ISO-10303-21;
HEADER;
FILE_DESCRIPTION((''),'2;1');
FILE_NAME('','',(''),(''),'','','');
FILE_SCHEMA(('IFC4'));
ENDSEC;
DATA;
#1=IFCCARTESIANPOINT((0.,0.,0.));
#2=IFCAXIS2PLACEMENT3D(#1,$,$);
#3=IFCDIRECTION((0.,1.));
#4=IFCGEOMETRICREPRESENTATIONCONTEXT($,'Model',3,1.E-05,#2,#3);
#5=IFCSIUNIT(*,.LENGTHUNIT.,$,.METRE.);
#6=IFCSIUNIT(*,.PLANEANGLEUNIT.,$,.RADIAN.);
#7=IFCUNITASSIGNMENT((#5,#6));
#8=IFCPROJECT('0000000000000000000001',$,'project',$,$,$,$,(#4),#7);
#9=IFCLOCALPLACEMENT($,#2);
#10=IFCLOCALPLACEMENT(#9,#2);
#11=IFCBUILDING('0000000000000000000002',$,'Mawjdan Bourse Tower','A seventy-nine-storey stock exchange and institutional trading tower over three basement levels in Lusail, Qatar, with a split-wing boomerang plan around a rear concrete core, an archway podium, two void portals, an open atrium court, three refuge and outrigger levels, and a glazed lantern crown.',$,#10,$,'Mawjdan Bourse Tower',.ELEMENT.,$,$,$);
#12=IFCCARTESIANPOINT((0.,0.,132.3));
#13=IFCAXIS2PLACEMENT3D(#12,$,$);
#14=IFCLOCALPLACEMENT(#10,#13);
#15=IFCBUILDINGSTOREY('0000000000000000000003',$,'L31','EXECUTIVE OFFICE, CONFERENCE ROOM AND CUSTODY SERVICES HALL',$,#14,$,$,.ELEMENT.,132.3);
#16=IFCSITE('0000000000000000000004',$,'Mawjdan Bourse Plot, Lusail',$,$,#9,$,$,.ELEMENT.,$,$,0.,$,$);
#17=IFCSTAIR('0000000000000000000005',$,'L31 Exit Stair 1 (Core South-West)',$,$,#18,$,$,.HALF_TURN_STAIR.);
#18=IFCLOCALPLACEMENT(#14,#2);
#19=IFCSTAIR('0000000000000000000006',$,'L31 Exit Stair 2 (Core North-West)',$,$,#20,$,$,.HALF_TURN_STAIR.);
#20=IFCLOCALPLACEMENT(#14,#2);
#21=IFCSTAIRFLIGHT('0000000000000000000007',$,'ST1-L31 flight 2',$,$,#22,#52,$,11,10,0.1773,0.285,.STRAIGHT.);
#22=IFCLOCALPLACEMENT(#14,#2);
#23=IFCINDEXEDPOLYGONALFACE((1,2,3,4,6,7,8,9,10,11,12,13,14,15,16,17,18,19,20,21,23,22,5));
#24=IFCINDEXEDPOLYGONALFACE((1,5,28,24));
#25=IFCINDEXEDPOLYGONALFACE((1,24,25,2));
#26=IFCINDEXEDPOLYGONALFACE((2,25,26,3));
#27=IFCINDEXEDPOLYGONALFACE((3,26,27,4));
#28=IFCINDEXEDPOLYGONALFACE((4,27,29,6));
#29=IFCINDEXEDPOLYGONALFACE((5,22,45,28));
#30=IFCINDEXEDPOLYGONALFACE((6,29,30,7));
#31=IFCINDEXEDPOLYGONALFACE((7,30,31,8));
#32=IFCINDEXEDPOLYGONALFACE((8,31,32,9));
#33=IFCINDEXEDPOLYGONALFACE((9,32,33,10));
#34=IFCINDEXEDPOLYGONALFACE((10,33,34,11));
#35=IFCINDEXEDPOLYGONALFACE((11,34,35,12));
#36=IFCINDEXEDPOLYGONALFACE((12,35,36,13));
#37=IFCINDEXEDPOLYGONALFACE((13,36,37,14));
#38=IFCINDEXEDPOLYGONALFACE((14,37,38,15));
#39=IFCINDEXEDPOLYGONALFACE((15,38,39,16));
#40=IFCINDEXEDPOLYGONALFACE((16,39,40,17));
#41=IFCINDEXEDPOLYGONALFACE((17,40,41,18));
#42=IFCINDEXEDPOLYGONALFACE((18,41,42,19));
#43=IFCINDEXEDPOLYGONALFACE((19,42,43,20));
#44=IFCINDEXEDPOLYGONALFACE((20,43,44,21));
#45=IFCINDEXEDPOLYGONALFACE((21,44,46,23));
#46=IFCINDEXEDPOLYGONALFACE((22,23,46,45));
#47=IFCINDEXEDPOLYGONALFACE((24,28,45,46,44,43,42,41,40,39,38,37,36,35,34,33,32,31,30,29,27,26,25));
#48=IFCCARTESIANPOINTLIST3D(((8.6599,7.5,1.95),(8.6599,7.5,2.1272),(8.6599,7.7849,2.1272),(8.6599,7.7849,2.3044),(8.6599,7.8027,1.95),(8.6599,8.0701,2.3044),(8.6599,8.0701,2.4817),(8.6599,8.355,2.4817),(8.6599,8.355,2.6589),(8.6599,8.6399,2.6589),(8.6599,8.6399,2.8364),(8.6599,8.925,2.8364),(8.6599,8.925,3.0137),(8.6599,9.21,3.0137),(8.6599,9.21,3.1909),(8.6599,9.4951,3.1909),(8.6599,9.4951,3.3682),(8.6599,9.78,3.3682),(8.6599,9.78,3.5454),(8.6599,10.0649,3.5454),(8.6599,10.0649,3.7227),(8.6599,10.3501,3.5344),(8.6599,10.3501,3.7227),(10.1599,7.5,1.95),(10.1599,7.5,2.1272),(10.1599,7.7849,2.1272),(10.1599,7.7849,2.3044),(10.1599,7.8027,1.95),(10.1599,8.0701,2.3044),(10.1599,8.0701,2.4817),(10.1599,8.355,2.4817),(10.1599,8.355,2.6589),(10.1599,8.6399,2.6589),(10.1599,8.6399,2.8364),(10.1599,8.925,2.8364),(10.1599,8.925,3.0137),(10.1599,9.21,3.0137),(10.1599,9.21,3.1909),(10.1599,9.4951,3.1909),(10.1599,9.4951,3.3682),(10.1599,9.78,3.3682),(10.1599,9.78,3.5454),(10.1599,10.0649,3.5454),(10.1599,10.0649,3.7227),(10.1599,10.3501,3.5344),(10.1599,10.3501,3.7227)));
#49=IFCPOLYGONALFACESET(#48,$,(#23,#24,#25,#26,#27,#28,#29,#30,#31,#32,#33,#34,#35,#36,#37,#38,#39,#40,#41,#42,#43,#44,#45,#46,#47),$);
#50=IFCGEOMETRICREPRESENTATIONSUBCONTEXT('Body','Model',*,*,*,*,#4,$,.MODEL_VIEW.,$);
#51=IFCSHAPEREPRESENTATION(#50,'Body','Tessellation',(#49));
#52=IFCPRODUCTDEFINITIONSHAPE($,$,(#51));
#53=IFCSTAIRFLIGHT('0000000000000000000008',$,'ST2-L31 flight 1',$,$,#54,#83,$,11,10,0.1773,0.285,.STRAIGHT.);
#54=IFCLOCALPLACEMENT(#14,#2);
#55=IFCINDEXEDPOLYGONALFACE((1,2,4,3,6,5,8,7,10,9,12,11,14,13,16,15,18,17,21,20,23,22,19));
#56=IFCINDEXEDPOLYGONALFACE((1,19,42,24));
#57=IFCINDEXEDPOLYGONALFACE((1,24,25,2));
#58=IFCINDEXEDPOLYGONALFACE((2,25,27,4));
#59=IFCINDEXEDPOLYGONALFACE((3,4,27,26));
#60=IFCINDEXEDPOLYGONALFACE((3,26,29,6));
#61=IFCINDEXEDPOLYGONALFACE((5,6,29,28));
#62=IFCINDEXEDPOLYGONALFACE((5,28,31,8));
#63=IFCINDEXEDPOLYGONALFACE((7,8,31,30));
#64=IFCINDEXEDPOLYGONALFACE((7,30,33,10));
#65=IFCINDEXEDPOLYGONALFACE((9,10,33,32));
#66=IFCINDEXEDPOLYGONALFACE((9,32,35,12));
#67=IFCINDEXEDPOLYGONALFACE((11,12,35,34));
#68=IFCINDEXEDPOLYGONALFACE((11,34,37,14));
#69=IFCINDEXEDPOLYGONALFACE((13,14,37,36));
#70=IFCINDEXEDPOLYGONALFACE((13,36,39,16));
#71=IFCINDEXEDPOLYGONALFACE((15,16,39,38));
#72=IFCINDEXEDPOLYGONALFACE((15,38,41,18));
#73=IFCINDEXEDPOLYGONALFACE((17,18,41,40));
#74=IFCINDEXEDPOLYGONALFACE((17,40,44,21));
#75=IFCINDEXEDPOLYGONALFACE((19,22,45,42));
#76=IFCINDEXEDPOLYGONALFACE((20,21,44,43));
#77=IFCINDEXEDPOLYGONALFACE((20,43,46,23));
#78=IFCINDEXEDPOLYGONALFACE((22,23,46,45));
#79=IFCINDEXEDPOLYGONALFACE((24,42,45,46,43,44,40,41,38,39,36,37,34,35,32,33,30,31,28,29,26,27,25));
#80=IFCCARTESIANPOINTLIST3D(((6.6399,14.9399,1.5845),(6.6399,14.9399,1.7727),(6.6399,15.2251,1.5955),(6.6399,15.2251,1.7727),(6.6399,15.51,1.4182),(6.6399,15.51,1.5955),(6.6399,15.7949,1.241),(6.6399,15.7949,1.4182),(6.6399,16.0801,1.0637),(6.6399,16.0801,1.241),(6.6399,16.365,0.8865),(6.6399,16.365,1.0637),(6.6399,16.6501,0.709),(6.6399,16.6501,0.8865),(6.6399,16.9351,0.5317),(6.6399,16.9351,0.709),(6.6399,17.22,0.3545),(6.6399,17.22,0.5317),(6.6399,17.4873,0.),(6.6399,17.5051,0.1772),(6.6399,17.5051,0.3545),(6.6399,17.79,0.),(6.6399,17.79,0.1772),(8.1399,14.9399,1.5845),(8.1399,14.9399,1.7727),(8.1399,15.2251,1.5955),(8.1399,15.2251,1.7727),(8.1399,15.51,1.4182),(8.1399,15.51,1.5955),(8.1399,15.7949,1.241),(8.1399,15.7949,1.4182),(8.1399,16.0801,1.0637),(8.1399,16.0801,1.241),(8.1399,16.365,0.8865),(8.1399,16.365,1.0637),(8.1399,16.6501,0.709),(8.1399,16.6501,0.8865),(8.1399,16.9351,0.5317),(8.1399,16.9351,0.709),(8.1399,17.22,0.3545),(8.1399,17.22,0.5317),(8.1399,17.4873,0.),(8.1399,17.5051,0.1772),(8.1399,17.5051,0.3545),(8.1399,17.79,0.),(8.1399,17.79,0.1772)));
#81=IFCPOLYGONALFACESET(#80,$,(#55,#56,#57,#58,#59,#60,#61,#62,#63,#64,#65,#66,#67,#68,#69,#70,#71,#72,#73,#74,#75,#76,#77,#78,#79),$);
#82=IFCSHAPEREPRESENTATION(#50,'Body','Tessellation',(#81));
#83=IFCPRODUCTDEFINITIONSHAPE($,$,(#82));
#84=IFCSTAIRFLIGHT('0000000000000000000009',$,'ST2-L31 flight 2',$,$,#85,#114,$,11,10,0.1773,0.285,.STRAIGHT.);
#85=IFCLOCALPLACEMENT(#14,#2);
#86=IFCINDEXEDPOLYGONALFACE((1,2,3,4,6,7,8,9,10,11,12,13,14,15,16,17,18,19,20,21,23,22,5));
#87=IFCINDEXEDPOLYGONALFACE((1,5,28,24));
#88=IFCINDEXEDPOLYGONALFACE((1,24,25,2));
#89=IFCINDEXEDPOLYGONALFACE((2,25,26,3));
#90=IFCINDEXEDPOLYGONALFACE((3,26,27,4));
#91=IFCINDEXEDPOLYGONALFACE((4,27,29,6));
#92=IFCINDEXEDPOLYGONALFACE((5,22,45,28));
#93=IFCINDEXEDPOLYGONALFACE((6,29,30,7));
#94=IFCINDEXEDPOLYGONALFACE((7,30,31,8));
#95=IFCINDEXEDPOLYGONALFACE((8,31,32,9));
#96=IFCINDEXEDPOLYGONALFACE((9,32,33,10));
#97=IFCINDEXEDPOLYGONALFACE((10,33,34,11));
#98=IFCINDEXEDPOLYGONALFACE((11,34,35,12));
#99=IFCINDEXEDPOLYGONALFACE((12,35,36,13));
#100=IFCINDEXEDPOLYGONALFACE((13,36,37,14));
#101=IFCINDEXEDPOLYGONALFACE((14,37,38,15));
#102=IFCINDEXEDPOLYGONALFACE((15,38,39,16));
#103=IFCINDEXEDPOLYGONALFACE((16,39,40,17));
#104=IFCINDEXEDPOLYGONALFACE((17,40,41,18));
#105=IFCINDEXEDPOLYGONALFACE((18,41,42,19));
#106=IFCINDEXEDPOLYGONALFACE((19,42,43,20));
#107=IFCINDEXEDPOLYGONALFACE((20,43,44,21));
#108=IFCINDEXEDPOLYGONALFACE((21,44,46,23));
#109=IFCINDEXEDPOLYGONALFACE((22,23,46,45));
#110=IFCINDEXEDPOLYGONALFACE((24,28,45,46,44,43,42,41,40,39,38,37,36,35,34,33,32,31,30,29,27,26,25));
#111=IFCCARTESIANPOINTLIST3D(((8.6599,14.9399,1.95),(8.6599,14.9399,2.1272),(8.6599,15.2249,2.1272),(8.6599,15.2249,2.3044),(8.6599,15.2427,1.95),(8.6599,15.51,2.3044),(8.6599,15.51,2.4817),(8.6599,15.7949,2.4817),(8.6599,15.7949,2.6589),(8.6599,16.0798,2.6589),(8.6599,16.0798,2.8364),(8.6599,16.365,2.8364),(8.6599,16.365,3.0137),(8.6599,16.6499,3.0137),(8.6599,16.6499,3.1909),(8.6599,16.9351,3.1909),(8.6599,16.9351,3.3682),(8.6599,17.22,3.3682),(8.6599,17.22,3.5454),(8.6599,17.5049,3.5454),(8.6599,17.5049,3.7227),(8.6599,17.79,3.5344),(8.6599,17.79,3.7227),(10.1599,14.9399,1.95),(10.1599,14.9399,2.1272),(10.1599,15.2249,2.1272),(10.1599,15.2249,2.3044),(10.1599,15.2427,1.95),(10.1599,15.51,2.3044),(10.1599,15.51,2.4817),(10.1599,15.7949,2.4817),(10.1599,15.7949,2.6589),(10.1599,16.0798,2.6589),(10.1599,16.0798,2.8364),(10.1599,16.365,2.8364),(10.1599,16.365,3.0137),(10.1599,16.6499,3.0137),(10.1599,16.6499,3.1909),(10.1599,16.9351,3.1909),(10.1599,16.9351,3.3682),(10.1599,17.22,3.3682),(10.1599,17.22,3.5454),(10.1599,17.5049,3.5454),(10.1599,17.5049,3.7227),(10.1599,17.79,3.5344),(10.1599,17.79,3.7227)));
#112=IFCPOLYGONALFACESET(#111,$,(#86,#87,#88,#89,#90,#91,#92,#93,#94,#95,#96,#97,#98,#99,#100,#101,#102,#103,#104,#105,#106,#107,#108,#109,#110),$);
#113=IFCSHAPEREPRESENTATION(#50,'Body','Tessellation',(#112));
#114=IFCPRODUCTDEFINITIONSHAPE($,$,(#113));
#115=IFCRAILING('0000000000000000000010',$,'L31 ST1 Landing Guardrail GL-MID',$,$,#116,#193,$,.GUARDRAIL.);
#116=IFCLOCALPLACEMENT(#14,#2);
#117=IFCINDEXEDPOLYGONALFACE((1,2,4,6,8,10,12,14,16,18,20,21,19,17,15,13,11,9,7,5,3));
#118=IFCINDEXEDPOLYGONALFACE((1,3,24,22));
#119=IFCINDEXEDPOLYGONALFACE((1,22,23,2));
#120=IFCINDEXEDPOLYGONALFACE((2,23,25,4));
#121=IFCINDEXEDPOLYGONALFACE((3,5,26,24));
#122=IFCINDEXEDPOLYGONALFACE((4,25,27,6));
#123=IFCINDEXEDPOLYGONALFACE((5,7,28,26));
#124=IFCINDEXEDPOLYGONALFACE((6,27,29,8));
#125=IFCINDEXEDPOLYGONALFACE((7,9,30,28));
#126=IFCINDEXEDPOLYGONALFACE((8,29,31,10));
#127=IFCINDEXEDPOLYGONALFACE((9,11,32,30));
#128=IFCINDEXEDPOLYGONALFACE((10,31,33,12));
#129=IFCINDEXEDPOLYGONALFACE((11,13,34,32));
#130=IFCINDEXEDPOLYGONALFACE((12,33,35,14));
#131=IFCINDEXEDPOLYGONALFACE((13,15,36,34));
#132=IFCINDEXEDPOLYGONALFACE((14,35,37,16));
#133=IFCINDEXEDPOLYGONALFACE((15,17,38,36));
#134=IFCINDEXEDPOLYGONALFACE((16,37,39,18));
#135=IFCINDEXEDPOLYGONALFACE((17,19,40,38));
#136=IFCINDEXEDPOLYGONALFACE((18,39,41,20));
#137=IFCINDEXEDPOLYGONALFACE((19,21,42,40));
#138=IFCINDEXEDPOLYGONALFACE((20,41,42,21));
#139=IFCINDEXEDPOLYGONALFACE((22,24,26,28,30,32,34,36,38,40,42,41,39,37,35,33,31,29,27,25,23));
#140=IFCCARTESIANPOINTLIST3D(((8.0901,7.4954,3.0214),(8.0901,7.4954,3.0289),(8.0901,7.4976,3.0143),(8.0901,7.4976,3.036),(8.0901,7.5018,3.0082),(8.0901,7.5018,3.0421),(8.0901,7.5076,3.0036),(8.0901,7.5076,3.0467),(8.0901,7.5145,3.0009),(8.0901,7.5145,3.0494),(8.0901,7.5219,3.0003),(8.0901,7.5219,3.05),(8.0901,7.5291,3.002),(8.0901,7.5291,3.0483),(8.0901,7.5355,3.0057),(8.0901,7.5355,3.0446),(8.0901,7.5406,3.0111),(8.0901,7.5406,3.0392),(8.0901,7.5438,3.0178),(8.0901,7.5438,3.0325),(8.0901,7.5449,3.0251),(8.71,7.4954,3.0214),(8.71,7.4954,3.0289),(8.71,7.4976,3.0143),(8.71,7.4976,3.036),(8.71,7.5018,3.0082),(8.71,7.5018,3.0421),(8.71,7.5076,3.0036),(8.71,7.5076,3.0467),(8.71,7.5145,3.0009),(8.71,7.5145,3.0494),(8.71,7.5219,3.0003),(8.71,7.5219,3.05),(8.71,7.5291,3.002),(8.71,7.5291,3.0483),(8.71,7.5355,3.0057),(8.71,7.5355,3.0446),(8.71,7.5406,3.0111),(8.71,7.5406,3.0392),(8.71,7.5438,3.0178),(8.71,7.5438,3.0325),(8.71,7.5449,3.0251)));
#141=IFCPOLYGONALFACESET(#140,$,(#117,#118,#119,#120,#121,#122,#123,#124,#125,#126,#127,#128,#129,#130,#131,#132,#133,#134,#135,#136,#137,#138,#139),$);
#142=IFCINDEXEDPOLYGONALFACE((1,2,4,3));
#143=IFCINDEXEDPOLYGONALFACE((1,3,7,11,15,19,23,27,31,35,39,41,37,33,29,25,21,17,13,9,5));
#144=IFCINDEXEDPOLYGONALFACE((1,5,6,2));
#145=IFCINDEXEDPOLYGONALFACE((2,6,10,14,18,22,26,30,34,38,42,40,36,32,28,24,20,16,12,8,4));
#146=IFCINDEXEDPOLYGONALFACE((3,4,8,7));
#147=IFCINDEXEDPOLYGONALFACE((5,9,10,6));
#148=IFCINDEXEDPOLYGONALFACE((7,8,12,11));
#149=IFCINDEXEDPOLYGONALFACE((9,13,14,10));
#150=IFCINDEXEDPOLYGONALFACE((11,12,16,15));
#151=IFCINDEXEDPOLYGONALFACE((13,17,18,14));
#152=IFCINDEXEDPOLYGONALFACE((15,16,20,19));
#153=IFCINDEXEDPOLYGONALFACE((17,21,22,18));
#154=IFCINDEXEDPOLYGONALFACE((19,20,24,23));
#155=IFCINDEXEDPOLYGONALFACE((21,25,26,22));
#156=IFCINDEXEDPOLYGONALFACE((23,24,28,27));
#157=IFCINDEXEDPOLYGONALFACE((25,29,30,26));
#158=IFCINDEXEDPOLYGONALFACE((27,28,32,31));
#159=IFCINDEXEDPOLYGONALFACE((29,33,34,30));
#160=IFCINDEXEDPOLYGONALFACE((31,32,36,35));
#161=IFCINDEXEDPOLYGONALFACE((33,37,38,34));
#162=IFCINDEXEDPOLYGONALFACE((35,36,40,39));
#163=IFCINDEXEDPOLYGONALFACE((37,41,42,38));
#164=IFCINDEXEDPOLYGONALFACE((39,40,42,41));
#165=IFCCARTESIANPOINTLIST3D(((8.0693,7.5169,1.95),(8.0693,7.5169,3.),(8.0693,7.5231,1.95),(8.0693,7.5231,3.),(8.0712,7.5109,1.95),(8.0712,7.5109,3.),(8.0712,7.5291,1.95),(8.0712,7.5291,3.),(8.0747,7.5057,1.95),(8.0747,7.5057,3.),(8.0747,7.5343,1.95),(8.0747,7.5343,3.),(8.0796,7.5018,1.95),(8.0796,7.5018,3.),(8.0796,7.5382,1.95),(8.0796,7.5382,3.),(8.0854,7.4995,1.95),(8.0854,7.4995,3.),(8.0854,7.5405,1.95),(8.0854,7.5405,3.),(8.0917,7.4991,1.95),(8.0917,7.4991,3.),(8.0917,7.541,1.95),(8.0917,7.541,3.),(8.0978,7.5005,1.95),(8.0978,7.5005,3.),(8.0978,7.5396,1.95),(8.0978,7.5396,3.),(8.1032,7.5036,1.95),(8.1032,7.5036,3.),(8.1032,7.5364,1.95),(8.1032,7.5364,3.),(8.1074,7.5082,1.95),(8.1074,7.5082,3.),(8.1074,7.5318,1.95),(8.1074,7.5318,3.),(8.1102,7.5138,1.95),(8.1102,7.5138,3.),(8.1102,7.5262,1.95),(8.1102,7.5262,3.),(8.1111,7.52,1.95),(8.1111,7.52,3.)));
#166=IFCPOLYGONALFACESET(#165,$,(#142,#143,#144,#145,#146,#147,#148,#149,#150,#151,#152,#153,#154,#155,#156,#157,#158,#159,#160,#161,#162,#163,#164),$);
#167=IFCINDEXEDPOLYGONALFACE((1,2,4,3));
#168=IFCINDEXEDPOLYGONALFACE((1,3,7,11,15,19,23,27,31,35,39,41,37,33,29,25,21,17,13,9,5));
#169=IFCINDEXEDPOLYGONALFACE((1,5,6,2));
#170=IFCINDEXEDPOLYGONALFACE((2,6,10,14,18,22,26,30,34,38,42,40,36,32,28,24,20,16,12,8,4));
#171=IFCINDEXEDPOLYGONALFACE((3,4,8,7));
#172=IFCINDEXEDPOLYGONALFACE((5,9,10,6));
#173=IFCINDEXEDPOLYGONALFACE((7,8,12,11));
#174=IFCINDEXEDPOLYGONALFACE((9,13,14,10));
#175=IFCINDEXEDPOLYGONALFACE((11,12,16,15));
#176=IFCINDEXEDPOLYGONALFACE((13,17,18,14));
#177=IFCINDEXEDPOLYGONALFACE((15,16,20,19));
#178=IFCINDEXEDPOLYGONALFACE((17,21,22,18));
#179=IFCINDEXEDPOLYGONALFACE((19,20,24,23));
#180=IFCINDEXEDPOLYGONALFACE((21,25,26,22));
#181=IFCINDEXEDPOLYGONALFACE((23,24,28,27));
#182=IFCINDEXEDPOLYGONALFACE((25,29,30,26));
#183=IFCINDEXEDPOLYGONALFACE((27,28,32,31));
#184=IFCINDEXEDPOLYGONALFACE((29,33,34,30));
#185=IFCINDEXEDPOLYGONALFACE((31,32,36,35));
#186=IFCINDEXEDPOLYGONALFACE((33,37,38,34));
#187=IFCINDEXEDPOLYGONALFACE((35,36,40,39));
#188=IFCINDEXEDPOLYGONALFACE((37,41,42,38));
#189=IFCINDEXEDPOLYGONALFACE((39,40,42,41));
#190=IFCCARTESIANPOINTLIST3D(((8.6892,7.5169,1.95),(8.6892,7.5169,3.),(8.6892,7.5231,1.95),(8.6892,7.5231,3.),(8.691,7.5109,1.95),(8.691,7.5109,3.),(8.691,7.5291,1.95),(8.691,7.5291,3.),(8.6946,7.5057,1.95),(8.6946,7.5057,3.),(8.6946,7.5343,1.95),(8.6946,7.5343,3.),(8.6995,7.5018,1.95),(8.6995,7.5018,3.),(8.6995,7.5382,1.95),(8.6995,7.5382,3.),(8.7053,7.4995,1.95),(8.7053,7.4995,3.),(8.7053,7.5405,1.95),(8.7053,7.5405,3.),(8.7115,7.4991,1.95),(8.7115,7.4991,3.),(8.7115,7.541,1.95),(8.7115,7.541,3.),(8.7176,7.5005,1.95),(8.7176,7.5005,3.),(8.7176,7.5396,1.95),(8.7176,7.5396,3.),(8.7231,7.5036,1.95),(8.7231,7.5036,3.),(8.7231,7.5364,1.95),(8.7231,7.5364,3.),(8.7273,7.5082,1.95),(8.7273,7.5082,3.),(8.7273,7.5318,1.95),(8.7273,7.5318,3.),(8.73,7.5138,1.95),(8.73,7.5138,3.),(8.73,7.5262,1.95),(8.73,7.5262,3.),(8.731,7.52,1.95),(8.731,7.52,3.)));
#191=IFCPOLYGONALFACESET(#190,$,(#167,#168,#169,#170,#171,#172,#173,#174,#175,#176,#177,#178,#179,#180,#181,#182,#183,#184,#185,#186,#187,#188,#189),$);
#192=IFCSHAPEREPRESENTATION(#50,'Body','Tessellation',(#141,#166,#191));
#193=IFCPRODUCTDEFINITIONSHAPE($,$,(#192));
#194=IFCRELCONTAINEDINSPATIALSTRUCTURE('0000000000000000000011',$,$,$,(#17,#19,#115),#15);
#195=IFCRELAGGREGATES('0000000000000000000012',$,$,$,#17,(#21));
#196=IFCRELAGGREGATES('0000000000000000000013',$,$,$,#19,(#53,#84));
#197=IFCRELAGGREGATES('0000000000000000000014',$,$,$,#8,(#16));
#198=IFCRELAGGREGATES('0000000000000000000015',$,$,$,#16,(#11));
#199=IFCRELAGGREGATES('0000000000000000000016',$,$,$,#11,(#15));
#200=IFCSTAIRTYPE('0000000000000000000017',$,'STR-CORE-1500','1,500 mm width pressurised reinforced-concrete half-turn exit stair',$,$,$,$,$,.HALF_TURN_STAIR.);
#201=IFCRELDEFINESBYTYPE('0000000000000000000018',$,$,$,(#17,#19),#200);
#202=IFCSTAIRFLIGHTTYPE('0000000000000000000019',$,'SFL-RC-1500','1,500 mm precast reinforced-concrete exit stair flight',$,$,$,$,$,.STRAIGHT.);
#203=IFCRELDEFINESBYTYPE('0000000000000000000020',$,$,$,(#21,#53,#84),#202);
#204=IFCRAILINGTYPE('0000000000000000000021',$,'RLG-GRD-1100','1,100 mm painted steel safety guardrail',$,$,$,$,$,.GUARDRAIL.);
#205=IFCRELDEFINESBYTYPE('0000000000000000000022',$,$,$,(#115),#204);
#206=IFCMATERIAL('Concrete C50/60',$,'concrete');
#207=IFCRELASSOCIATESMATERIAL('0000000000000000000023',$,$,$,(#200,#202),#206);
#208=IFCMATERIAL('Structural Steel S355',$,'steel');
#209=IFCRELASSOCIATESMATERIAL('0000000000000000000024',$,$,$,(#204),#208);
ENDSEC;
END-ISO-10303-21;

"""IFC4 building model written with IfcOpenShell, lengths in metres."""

from ifc_helpers import new_model, si_unit, direction, frame, origin, origin_2d, place, context, subcontext, project, spatial, polyline, circle, outline, extrude, material, type_object, element, aggregate, save


model = new_model("IFC4")

# Units and contexts
model_context = context("Model", 3, precision=1e-05, world=origin(), true_north=direction((0.0, 1.0)))
body_context = subcontext(model_context, "Body", "Model", "MODEL_VIEW")
ifc_project = project(units=[si_unit("LENGTHUNIT", "METRE"), si_unit("PLANEANGLEUNIT", "RADIAN")], contexts=[model_context])

# Site, building, storey
site_placement = place(None, origin())
site = spatial("IfcSite", under=ifc_project, at=site_placement, Name="Mawjdan Bourse Plot, Lusail", CompositionType="ELEMENT", RefElevation=0.0)
building_placement = place(site_placement, origin())
building = spatial("IfcBuilding", under=site, at=building_placement, Name="Mawjdan Bourse Tower", Description="A seventy-nine-storey stock exchange and institutional trading tower over three basement levels in Lusail, Qatar, with a split-wing boomerang plan around a rear concrete core, an archway podium, two void portals, an open atrium court, three refuge and outrigger levels, and a glazed lantern crown.", LongName="Mawjdan Bourse Tower", CompositionType="ELEMENT")
storey_placement = place(building_placement, frame((0.0, 0.0, 132.3)))
storey = spatial("IfcBuildingStorey", under=building, at=storey_placement, Name="L31", Description="EXECUTIVE OFFICE, CONFERENCE ROOM AND CUSTODY SERVICES HALL", CompositionType="ELEMENT", Elevation=132.3)

# Shared definitions
ifc_material_1 = material(Name="Structural Steel S355", Category="steel")

# Stairs
ifc_material_2 = material(Name="Concrete C50/60", Category="concrete")
stair_type = type_object("IfcStairType", Name="STR-CORE-1500", Description="1,500 mm width pressurised reinforced-concrete half-turn exit stair", PredefinedType="HALF_TURN_STAIR", material=ifc_material_2)
stair_1_placement = place(storey_placement, origin())
stair_1 = element("IfcStair", 1, at=stair_1_placement, inside=storey, type_object=stair_type, Name="L31 Exit Stair 1 (Core South-West)", PredefinedType="HALF_TURN_STAIR")
stair_2_placement = place(storey_placement, origin())
stair_2 = element("IfcStair", 2, at=stair_2_placement, inside=storey, type_object=stair_type, Name="L31 Exit Stair 2 (Core North-West)", PredefinedType="HALF_TURN_STAIR")

# Stair flights
stair_flight_type = type_object("IfcStairFlightType", Name="SFL-RC-1500", Description="1,500 mm precast reinforced-concrete exit stair flight", PredefinedType="STRAIGHT", material=ifc_material_2)
stair_flight_1_placement = place(storey_placement, frame((9.4099, 7.5, 1.95), z_axis=(0.0, 0.0, 1.0), x_axis=(0.0, 1.0, 0.0)))
stair_flight_1 = element("IfcStairFlight", 3, at=stair_flight_1_placement, type_object=stair_flight_type, Name="ST1-L31 flight 2", NumberOfRisers=11, NumberOfTreads=10, PredefinedType="STRAIGHT", RiserHeight=0.1773, TreadLength=0.285, context=body_context, shape_type="SweptSolid", body=[
    extrude(outline(polyline([(0.0, 0.0), (0.0, 0.1772), (0.2849, 0.1772), (0.2849, 0.3545), (0.5701, 0.3545), (0.5701, 0.5317), (0.855, 0.5317), (0.855, 0.709), (1.1399, 0.709), (1.1399, 0.8865), (1.425, 0.8865), (1.425, 1.0637), (1.71, 1.0637), (1.71, 1.241), (1.9951, 1.241), (1.9951, 1.4182), (2.28, 1.4182), (2.28, 1.5955), (2.5649, 1.5955), (2.5649, 1.7727), (2.8501, 1.7727), (2.8501, 1.95), (2.8501, 1.5845), (0.3027, 0.0), (0.0, 0.0)])), frame((0.0, 0.75, 0.0), z_axis=(0.0, -1.0, 0.0), x_axis=(1.0, 0.0, 0.0)), (0.0, 0.0, 1.0), 1.5),
])
aggregate(stair_1, [stair_flight_1])
stair_flight_2_placement = place(storey_placement, frame((7.3899, 17.79, 0.0), z_axis=(0.0, 0.0, 1.0), x_axis=(0.0, -1.0, 0.0)))
stair_flight_2 = element("IfcStairFlight", 4, at=stair_flight_2_placement, type_object=stair_flight_type, Name="ST2-L31 flight 1", NumberOfRisers=11, NumberOfTreads=10, PredefinedType="STRAIGHT", RiserHeight=0.1773, TreadLength=0.285, context=body_context, shape_type="SweptSolid", body=[
    extrude(outline(polyline([(0.0, 0.0), (0.0, 0.1772), (0.2849, 0.1772), (0.2849, 0.3545), (0.5701, 0.3545), (0.5701, 0.5317), (0.855, 0.5317), (0.855, 0.709), (1.1399, 0.709), (1.1399, 0.8865), (1.425, 0.8865), (1.425, 1.0637), (1.71, 1.0637), (1.71, 1.241), (1.9951, 1.241), (1.9951, 1.4182), (2.28, 1.4182), (2.28, 1.5955), (2.5649, 1.5955), (2.5649, 1.7727), (2.8501, 1.7727), (2.8501, 1.95), (2.8501, 1.5845), (0.3027, 0.0), (0.0, 0.0)])), frame((0.0, 0.75, 0.0), z_axis=(0.0, -1.0, 0.0), x_axis=(1.0, 0.0, 0.0)), (0.0, 0.0, 1.0), 1.5),
])
stair_flight_3_placement = place(storey_placement, frame((9.4099, 14.9399, 1.95), z_axis=(0.0, 0.0, 1.0), x_axis=(0.0, 1.0, 0.0)))
stair_flight_3 = element("IfcStairFlight", 5, at=stair_flight_3_placement, type_object=stair_flight_type, Name="ST2-L31 flight 2", NumberOfRisers=11, NumberOfTreads=10, PredefinedType="STRAIGHT", RiserHeight=0.1773, TreadLength=0.285, context=body_context, shape_type="SweptSolid", body=[
    extrude(outline(polyline([(0.0, 0.0), (0.0, 0.1772), (0.2849, 0.1772), (0.2849, 0.3545), (0.5701, 0.3545), (0.5701, 0.5317), (0.855, 0.5317), (0.855, 0.709), (1.1399, 0.709), (1.1399, 0.8865), (1.425, 0.8865), (1.425, 1.0637), (1.71, 1.0637), (1.71, 1.241), (1.9951, 1.241), (1.9951, 1.4182), (2.28, 1.4182), (2.28, 1.5955), (2.5649, 1.5955), (2.5649, 1.7727), (2.8501, 1.7727), (2.8501, 1.95), (2.8501, 1.5845), (0.3027, 0.0), (0.0, 0.0)])), frame((0.0, 0.75, 0.0), z_axis=(0.0, -1.0, 0.0), x_axis=(1.0, 0.0, 0.0)), (0.0, 0.0, 1.0), 1.5),
])
aggregate(stair_2, [stair_flight_2, stair_flight_3])

# Railing
railing_type_1 = type_object("IfcRailingType", Name="RLG-GRD-1100", Description="1,100 mm painted steel safety guardrail", PredefinedType="GUARDRAIL", material=ifc_material_1)
for number, where, name in (
    (6, (8.0901, 7.52, 1.95), "L31 ST1 Landing Guardrail GL-MID"),
):
    element("IfcRailing", number, at=place(storey_placement, frame(where)), inside=storey, type_object=railing_type_1, Name=name, PredefinedType="GUARDRAIL", context=body_context, shape_type="SweptSolid", body=[
        extrude(circle(Radius=0.0249, at=origin_2d()), frame((0.0, 0.0, 1.0752), z_axis=(1.0, 0.0, 0.0), x_axis=(0.0, 1.0, 0.0)), (0.0, 0.0, 1.0), 0.6199),
        extrude(circle(Radius=0.021, at=origin_2d()), origin(), (0.0, 0.0, 1.0), 1.05),
        extrude(circle(Radius=0.021, at=origin_2d()), frame((0.6199, 0.0, 0.0)), (0.0, 0.0, 1.0), 1.05),
    ])

save(model, "model.ifc")
